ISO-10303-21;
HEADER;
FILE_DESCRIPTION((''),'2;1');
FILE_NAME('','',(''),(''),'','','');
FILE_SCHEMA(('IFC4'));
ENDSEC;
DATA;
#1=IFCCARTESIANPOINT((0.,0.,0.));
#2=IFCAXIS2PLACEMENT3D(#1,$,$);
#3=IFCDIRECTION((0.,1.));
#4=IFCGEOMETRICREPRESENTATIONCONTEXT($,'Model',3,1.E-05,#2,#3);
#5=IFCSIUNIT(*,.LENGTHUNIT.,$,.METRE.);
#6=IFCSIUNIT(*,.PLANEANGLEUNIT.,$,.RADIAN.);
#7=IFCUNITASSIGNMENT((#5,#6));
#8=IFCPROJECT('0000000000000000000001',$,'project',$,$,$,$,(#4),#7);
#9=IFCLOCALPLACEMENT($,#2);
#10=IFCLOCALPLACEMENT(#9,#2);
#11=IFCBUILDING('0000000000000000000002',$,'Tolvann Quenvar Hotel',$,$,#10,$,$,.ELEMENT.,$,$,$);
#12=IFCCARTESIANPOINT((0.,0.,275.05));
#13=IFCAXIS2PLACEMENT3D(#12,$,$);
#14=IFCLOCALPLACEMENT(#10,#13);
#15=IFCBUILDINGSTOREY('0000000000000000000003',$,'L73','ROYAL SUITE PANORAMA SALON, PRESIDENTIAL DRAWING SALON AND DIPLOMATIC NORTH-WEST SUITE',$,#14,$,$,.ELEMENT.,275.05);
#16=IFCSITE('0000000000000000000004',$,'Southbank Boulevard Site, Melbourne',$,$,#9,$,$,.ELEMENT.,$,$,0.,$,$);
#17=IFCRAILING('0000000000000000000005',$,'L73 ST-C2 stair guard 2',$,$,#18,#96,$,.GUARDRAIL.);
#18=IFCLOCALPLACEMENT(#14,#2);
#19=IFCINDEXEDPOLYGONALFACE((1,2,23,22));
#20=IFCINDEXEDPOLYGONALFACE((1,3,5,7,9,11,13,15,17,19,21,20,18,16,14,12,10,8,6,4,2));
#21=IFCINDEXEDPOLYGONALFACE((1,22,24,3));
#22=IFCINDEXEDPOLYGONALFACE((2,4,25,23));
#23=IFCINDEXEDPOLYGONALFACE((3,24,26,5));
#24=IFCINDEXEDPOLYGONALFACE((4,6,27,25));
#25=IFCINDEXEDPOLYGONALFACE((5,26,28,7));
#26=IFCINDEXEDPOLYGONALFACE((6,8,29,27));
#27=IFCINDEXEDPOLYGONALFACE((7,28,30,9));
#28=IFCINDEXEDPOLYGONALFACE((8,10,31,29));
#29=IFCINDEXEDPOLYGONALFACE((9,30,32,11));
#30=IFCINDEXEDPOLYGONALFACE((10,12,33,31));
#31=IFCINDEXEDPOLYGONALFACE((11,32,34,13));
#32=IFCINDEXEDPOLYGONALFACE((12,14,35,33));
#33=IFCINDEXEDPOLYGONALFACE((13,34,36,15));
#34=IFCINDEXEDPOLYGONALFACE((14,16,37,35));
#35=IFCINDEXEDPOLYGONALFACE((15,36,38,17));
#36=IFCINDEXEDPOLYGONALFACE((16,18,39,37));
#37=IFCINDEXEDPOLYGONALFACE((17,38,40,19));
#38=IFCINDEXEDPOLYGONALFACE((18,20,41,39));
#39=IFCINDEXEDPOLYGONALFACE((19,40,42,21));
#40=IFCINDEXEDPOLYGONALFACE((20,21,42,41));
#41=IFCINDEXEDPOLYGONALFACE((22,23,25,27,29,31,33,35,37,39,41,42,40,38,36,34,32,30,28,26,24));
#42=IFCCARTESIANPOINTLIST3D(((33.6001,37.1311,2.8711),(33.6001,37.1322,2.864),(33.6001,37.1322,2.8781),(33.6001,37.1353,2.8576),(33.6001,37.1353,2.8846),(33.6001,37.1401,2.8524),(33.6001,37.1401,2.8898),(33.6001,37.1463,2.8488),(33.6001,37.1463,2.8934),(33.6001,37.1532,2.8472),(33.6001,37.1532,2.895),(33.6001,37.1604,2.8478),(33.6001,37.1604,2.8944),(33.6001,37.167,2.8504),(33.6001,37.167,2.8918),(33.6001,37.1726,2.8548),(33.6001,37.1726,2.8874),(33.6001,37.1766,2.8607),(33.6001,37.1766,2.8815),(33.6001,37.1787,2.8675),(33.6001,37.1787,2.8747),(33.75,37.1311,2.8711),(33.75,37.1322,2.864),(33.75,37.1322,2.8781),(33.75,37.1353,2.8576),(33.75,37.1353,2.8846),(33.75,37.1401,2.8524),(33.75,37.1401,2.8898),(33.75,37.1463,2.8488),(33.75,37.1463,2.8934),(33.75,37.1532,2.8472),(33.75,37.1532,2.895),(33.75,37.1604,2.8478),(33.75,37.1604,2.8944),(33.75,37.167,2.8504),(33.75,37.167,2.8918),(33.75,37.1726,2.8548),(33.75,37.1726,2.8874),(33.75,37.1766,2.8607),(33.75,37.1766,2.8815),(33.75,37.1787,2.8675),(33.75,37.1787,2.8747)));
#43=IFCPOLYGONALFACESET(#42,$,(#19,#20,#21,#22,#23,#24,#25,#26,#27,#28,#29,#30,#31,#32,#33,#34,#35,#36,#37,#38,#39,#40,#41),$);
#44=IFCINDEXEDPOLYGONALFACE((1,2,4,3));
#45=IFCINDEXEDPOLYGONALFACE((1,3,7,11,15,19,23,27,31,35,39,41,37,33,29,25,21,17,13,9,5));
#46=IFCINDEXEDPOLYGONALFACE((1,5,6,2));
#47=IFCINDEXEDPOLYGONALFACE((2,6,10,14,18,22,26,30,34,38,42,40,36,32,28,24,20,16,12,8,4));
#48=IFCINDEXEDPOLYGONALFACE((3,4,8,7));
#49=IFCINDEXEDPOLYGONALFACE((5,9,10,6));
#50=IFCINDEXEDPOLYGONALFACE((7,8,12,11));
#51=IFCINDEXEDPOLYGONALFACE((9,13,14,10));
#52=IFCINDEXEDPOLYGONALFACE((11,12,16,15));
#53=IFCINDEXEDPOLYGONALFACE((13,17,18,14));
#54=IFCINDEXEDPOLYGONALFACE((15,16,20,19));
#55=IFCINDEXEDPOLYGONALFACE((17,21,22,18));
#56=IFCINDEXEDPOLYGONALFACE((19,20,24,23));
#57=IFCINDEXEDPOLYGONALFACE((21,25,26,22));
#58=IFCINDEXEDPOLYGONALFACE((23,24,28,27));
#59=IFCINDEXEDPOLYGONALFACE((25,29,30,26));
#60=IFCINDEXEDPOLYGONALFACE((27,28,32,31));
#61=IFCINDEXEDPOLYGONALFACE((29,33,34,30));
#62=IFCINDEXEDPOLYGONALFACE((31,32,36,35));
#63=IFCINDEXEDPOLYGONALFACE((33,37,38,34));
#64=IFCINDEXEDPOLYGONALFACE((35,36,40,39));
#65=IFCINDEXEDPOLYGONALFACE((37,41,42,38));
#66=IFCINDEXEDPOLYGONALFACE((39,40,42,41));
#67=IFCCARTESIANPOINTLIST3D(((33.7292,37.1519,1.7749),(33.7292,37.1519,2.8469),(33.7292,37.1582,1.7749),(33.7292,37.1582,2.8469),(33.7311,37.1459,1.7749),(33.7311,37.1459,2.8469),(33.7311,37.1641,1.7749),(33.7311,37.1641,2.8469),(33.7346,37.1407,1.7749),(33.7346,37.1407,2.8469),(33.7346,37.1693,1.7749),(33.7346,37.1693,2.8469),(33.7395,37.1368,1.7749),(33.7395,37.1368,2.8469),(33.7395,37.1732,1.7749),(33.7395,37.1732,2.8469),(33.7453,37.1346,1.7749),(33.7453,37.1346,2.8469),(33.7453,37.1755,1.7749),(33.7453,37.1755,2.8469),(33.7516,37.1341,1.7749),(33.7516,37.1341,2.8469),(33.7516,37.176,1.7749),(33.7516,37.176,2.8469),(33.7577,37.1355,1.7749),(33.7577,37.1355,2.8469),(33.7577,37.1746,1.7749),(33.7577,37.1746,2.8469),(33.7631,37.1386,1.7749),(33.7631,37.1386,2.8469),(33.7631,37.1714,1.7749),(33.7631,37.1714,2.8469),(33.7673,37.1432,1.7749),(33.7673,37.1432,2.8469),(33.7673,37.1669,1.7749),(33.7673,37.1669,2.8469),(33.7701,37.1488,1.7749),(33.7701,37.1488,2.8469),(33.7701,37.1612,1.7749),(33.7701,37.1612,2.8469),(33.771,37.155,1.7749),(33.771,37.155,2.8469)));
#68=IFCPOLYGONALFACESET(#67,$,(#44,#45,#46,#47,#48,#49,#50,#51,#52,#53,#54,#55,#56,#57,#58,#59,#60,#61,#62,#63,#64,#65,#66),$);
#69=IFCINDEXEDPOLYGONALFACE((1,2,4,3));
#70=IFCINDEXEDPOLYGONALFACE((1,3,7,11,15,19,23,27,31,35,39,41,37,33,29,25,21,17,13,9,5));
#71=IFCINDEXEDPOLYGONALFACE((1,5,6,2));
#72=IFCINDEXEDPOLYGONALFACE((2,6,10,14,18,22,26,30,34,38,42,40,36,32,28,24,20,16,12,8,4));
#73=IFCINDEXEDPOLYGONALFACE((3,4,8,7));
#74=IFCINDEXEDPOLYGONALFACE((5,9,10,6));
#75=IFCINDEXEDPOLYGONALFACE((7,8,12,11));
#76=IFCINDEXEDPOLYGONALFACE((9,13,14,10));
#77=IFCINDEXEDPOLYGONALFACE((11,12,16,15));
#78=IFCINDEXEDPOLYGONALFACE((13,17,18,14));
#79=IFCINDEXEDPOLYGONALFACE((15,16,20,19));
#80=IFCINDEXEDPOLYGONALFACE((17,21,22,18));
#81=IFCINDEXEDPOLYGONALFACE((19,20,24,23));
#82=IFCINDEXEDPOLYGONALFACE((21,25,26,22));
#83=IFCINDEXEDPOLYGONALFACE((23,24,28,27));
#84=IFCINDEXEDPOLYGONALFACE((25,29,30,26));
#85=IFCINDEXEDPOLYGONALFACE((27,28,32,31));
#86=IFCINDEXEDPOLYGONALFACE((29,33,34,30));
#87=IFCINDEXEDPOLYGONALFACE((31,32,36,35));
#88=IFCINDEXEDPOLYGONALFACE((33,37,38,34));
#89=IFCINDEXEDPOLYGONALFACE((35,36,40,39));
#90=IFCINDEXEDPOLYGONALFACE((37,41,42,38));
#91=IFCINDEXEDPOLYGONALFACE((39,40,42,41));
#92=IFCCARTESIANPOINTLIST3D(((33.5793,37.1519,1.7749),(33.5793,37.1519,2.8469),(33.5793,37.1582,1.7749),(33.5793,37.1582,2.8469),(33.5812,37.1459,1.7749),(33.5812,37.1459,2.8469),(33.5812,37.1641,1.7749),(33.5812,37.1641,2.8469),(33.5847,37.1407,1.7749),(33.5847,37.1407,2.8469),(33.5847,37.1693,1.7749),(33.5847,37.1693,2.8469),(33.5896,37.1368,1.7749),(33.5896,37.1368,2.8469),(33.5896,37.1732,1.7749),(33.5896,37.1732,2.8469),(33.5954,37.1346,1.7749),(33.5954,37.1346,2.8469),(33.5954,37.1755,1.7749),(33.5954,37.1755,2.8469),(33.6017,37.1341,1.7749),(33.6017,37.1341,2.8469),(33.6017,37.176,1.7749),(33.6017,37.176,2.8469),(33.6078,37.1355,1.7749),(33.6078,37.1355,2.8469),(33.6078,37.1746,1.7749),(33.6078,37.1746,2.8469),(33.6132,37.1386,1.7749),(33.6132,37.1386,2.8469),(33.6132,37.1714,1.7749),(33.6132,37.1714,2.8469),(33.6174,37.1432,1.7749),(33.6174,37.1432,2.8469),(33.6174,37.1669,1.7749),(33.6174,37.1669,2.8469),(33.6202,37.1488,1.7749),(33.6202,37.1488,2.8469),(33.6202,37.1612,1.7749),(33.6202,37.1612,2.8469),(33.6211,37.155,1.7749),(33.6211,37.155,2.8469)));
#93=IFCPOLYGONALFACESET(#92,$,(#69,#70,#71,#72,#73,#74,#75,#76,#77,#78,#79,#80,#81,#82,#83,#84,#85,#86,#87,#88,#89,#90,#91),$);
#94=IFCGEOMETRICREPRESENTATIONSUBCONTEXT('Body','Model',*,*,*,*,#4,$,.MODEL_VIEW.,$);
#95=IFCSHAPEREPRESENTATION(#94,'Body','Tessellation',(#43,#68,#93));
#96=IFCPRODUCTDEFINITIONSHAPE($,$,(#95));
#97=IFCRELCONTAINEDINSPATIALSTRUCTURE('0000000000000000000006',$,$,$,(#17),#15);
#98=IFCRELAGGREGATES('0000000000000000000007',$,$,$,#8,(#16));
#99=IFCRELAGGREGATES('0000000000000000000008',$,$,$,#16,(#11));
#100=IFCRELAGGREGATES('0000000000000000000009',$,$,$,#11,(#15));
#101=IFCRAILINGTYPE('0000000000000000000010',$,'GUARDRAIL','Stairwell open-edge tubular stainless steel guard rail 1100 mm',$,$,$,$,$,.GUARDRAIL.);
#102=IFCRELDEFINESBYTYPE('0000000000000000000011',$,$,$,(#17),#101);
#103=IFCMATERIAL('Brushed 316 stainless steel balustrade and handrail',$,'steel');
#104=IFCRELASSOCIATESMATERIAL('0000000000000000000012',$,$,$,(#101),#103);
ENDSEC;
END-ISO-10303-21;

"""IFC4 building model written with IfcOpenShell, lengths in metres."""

from ifc_helpers import new_model, si_unit, direction, frame, origin, origin_2d, place, context, subcontext, project, spatial, circle, extrude, material, type_object, element, save


model = new_model("IFC4")

# Units and contexts
model_context = context("Model", 3, precision=1e-05, world=origin(), true_north=direction((0.0, 1.0)))
body_context = subcontext(model_context, "Body", "Model", "MODEL_VIEW")
ifc_project = project(units=[si_unit("LENGTHUNIT", "METRE"), si_unit("PLANEANGLEUNIT", "RADIAN")], contexts=[model_context])

# Site, building, storey
site_placement = place(None, origin())
site = spatial("IfcSite", under=ifc_project, at=site_placement, Name="Southbank Boulevard Site, Melbourne", CompositionType="ELEMENT", RefElevation=0.0)
building_placement = place(site_placement, origin())
building = spatial("IfcBuilding", under=site, at=building_placement, Name="Tolvann Quenvar Hotel", CompositionType="ELEMENT")
storey_placement = place(building_placement, frame((0.0, 0.0, 275.05)))
storey = spatial("IfcBuildingStorey", under=building, at=storey_placement, Name="L73", Description="ROYAL SUITE PANORAMA SALON, PRESIDENTIAL DRAWING SALON AND DIPLOMATIC NORTH-WEST SUITE", CompositionType="ELEMENT", Elevation=275.05)

# Railing
ifc_material_1 = material(Name="Brushed 316 stainless steel balustrade and handrail", Category="steel")
railing_type_1 = type_object("IfcRailingType", Name="GUARDRAIL", Description="Stairwell open-edge tubular stainless steel guard rail 1100 mm", PredefinedType="GUARDRAIL", material=ifc_material_1)
railing_1_placement = place(storey_placement, frame((33.75, 37.155, 1.7749)))
element("IfcRailing", 1, at=railing_1_placement, inside=storey, type_object=railing_type_1, Name="L73 ST-C2 stair guard 2", PredefinedType="GUARDRAIL", context=body_context, shape_type="SweptSolid", body=[
    extrude(circle(Radius=0.0239, at=origin_2d()), frame((0.0, 0.0, 1.0962), z_axis=(-1.0, 0.0, 0.0), x_axis=(0.0, -1.0, 0.0)), (0.0, 0.0, 1.0), 0.1499),
    extrude(circle(Radius=0.021, at=origin_2d()), origin(), (0.0, 0.0, 1.0), 1.072),
    extrude(circle(Radius=0.021, at=origin_2d()), frame((-0.1499, 0.0, 0.0)), (0.0, 0.0, 1.0), 1.072),
])

save(model, "model.ifc")
